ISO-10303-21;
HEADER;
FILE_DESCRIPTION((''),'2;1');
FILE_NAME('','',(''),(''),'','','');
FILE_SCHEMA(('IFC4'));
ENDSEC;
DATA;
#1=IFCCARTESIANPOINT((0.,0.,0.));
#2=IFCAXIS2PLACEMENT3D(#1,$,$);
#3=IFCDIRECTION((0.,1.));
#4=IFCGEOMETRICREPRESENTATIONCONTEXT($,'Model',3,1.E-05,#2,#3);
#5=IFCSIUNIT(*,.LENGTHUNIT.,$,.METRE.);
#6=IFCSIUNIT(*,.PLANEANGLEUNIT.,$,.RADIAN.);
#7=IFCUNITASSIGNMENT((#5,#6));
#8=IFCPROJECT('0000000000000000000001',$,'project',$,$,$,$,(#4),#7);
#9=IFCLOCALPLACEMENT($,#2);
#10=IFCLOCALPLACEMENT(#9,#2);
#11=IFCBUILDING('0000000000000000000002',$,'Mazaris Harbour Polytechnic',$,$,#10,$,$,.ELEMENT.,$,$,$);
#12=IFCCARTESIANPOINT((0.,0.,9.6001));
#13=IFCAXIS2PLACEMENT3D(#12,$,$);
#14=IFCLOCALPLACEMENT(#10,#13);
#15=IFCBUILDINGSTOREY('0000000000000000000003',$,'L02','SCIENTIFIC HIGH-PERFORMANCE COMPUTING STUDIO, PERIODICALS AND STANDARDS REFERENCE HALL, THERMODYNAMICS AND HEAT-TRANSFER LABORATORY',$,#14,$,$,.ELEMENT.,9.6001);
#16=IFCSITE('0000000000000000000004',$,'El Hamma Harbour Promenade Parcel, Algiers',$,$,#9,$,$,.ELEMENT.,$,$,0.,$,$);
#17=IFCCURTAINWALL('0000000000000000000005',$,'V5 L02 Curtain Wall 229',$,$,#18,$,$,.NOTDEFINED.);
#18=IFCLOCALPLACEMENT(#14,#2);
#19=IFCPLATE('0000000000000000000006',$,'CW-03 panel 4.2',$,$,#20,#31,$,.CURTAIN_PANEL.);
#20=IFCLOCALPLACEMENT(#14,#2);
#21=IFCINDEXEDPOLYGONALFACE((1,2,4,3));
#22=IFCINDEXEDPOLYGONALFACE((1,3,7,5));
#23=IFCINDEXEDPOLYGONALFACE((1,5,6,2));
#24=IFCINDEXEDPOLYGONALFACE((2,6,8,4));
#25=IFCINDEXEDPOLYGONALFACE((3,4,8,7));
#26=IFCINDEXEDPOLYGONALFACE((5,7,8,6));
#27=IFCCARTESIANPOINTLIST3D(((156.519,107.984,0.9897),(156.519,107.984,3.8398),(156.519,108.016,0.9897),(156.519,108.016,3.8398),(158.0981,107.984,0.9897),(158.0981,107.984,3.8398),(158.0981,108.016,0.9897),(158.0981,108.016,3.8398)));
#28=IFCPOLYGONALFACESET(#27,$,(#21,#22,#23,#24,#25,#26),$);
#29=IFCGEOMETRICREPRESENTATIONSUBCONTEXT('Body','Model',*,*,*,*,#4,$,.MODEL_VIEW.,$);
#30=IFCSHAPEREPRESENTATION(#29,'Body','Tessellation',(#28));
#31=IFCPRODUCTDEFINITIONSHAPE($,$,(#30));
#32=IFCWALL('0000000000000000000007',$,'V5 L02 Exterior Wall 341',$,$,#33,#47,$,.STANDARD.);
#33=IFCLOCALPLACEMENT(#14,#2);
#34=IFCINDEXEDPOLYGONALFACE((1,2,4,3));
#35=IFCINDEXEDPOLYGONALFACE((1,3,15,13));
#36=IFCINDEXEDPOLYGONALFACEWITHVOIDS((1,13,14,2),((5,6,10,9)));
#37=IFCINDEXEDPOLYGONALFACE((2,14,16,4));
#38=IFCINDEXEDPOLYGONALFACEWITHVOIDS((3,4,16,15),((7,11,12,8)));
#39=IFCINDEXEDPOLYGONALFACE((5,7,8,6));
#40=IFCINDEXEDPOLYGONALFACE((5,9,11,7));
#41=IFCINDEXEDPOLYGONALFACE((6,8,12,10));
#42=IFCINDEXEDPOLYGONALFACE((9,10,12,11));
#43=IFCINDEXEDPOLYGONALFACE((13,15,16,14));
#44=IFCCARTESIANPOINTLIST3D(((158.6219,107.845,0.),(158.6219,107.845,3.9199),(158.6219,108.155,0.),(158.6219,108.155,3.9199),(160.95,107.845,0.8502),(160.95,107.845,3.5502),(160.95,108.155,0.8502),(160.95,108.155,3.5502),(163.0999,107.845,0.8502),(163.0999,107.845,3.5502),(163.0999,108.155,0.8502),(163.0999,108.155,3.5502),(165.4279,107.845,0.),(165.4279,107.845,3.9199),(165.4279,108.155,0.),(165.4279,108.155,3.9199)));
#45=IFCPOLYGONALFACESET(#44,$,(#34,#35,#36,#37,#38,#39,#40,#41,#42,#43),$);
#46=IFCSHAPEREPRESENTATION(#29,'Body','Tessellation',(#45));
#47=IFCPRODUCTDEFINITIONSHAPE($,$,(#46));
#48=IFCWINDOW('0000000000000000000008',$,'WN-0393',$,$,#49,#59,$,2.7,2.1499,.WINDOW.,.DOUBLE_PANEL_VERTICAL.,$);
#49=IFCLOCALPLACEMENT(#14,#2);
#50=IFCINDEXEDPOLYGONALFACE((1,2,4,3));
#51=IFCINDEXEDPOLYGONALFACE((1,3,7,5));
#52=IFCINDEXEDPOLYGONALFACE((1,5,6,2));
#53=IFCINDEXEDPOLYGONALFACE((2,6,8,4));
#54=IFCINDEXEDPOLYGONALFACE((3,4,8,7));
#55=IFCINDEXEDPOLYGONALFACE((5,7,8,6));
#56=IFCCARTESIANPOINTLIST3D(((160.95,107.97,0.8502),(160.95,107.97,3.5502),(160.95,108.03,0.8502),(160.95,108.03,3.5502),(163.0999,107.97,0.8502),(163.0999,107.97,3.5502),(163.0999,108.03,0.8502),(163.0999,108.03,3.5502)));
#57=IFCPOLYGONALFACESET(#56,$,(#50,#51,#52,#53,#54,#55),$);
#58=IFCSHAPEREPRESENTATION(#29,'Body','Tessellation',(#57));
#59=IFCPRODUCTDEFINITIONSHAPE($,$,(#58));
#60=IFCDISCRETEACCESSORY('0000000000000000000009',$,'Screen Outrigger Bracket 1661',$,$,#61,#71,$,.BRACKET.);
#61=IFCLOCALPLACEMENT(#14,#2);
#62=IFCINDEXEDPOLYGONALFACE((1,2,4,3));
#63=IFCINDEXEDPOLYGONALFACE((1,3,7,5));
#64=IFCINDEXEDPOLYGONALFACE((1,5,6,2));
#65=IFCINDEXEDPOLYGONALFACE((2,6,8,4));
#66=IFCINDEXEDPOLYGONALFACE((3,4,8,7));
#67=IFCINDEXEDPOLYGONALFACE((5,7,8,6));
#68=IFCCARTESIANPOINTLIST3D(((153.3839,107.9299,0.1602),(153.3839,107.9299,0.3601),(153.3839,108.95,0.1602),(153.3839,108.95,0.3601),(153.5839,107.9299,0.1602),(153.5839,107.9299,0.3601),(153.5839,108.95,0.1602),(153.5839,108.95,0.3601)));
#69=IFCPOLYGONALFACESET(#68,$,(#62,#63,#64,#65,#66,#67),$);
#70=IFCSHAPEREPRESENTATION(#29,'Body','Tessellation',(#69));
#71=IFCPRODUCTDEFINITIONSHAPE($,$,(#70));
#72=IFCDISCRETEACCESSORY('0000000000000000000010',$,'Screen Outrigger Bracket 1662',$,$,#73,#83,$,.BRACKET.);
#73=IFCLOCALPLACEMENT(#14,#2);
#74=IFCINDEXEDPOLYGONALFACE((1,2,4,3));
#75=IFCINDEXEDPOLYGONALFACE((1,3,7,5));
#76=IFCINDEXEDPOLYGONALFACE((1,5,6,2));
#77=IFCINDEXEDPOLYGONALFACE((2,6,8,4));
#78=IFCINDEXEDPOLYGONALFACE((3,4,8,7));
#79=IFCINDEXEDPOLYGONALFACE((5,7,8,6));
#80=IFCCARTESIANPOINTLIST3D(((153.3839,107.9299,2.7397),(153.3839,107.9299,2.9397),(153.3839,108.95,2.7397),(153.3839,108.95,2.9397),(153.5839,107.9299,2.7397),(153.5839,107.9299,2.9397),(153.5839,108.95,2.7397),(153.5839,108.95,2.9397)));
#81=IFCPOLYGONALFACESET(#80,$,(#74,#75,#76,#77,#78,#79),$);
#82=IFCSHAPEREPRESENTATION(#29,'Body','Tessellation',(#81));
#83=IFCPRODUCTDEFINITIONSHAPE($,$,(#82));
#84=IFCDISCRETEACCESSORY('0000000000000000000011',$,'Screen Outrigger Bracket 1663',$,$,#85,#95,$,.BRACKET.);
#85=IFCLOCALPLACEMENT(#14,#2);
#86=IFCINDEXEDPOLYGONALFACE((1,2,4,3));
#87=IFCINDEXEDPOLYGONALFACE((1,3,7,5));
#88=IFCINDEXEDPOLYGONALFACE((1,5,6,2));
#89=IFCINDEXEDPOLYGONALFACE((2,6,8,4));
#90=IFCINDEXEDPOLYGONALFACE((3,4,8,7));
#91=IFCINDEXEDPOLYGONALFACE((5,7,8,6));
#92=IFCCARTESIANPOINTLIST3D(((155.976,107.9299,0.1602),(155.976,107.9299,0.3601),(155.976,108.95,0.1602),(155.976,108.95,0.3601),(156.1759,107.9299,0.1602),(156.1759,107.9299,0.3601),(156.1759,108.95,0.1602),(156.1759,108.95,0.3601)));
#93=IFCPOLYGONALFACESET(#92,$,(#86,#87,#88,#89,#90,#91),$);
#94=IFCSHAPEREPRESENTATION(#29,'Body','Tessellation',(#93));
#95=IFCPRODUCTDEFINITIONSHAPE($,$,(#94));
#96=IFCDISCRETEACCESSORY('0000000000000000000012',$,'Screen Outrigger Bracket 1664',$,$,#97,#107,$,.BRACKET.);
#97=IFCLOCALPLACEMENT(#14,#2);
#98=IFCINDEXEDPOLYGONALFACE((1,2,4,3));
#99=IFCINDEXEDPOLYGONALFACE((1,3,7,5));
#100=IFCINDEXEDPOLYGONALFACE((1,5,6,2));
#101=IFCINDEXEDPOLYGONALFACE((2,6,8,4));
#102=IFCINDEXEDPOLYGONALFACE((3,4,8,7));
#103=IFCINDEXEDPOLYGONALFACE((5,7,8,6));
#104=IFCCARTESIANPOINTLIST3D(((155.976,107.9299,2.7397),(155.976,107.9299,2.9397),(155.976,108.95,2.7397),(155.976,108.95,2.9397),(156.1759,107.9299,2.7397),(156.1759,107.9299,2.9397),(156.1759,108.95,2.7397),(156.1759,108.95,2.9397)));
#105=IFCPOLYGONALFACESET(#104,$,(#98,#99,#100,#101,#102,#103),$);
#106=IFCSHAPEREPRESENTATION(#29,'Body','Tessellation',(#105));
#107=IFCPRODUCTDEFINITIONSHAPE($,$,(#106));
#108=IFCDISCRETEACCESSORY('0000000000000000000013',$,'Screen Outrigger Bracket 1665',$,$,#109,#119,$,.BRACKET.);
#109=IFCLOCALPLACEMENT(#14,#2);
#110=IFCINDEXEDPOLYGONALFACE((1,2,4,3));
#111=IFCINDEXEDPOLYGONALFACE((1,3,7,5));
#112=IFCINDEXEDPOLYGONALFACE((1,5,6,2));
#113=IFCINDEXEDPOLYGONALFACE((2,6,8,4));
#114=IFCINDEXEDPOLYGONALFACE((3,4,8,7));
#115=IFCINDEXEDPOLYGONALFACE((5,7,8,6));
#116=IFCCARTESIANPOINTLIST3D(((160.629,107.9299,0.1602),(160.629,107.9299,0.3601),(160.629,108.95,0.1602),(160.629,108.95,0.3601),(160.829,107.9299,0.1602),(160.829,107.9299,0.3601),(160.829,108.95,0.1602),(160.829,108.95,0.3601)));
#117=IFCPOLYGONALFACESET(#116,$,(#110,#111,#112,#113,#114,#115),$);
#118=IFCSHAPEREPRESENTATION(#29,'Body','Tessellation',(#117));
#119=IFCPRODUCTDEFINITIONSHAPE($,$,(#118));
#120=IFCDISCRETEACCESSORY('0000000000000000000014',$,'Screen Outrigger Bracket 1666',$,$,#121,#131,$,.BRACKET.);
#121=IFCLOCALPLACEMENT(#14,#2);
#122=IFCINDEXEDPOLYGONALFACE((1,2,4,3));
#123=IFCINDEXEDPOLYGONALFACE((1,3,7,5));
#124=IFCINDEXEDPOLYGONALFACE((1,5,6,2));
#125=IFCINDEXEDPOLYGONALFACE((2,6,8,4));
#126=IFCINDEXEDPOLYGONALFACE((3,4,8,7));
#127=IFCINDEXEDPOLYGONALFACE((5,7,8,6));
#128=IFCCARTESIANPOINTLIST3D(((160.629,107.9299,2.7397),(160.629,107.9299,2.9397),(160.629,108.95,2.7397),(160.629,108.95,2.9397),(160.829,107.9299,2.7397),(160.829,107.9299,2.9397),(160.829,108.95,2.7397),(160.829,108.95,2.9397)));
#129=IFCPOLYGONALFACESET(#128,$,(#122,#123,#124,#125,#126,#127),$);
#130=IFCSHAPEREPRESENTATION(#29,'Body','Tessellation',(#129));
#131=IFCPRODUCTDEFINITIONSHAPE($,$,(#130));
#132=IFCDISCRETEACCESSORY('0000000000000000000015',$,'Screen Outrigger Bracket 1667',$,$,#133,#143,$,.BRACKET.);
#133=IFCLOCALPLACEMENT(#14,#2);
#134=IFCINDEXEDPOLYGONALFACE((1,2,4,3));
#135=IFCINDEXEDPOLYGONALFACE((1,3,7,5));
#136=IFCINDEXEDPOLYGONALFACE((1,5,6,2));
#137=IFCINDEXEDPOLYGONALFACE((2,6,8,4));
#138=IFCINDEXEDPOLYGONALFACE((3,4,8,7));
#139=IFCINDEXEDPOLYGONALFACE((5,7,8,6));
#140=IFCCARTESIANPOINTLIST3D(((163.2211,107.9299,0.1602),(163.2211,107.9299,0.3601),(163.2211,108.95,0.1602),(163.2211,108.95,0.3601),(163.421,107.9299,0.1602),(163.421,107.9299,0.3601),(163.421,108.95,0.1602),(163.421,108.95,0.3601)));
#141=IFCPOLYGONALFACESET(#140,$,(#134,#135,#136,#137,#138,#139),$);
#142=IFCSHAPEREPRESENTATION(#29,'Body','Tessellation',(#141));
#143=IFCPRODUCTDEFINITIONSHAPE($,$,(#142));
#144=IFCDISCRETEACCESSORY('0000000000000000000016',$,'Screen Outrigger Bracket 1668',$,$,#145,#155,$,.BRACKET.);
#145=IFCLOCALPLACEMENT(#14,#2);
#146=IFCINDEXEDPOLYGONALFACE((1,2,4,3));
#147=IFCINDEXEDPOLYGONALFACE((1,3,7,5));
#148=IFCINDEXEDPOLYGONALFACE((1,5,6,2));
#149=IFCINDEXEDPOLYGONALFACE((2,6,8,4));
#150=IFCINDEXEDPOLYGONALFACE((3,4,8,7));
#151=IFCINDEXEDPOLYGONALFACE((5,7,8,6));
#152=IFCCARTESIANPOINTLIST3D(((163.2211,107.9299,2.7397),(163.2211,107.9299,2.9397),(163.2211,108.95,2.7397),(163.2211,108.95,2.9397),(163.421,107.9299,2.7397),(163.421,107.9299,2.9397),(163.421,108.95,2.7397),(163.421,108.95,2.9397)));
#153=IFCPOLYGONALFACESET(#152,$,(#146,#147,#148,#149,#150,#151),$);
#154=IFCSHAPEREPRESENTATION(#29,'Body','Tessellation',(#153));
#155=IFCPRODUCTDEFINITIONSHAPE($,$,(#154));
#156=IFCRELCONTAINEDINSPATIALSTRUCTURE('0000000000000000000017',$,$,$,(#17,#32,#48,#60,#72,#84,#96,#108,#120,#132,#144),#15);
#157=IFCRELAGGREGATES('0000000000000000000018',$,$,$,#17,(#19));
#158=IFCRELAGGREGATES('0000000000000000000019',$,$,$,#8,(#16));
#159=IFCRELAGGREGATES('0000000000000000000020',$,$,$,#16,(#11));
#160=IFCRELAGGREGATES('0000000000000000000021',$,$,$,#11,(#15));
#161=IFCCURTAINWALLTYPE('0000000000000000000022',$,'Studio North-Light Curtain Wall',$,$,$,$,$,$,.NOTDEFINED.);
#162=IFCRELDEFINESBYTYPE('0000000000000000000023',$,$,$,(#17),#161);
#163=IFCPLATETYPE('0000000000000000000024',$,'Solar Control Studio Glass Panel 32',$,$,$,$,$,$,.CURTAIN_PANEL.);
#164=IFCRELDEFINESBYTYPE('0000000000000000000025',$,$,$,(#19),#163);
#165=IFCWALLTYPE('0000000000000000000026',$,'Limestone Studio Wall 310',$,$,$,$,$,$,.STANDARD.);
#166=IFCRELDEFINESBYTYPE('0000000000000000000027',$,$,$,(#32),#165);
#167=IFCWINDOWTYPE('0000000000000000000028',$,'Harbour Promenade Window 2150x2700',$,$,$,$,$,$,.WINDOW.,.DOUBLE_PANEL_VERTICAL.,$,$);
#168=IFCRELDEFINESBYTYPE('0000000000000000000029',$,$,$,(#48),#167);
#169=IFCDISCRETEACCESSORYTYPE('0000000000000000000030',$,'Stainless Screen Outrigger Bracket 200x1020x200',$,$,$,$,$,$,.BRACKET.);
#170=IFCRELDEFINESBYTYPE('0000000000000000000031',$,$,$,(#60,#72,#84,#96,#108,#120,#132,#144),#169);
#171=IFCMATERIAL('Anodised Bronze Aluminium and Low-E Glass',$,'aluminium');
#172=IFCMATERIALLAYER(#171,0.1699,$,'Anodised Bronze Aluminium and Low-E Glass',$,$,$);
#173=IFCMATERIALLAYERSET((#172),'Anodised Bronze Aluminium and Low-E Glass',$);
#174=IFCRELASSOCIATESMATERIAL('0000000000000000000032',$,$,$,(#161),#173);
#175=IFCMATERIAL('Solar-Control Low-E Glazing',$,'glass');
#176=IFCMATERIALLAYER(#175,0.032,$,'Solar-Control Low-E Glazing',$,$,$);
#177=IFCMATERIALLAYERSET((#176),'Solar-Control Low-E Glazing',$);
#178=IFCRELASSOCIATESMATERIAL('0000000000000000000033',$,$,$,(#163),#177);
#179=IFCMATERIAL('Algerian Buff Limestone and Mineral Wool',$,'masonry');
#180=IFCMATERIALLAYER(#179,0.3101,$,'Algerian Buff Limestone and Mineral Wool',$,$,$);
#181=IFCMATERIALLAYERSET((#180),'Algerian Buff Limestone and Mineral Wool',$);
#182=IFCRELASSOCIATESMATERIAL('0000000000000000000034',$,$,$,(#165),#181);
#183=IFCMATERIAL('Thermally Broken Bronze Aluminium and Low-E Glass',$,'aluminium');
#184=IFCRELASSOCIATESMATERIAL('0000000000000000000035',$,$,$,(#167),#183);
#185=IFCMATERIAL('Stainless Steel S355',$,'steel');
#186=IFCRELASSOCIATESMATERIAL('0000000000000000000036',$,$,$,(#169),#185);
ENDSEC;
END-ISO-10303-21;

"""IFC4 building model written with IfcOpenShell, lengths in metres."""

from ifc_helpers import new_model, si_unit, direction, frame, frame_2d, origin, origin_2d, place, context, subcontext, project, spatial, rectangle, extrude, material, layer, layer_set, type_object, element, fill, aggregate, save


model = new_model("IFC4")

# Units and contexts
model_context = context("Model", 3, precision=1e-05, world=origin(), true_north=direction((0.0, 1.0)))
body_context = subcontext(model_context, "Body", "Model", "MODEL_VIEW")
ifc_project = project(units=[si_unit("LENGTHUNIT", "METRE"), si_unit("PLANEANGLEUNIT", "RADIAN")], contexts=[model_context])

# Site, building, storey
site_placement = place(None, origin())
site = spatial("IfcSite", under=ifc_project, at=site_placement, Name="El Hamma Harbour Promenade Parcel, Algiers", CompositionType="ELEMENT", RefElevation=0.0)
building_placement = place(site_placement, origin())
building = spatial("IfcBuilding", under=site, at=building_placement, Name="Mazaris Harbour Polytechnic", CompositionType="ELEMENT")
storey_placement = place(building_placement, frame((0.0, 0.0, 9.6001)))
storey = spatial("IfcBuildingStorey", under=building, at=storey_placement, Name="L02", Description="SCIENTIFIC HIGH-PERFORMANCE COMPUTING STUDIO, PERIODICALS AND STANDARDS REFERENCE HALL, THERMODYNAMICS AND HEAT-TRANSFER LABORATORY", CompositionType="ELEMENT", Elevation=9.6001)

# Curtain wall, plate
ifc_material_1 = material(Name="Anodised Bronze Aluminium and Low-E Glass", Category="aluminium")
ifc_layer_1 = layer(ifc_material_1, 0.1699, Name="Anodised Bronze Aluminium and Low-E Glass")
ifc_layer_set_1 = layer_set([ifc_layer_1], Name="Anodised Bronze Aluminium and Low-E Glass")
curtain_wall_type = type_object("IfcCurtainWallType", Name="Studio North-Light Curtain Wall", PredefinedType="NOTDEFINED", material=ifc_layer_set_1)
curtain_wall_placement = place(storey_placement, origin())
curtain_wall = element("IfcCurtainWall", 1, at=curtain_wall_placement, inside=storey, type_object=curtain_wall_type, Name="V5 L02 Curtain Wall 229", PredefinedType="NOTDEFINED")
ifc_material_2 = material(Name="Solar-Control Low-E Glazing", Category="glass")
ifc_layer_2 = layer(ifc_material_2, 0.032, Name="Solar-Control Low-E Glazing")
ifc_layer_set_2 = layer_set([ifc_layer_2], Name="Solar-Control Low-E Glazing")
plate_type = type_object("IfcPlateType", Name="Solar Control Studio Glass Panel 32", PredefinedType="CURTAIN_PANEL", material=ifc_layer_set_2)
plate_1_placement = place(storey_placement, frame((157.3086, 108.0, 0.9897), z_axis=(0.0, 0.0, 1.0), x_axis=(1.0, 0.0, 0.0)))
plate_1 = element("IfcPlate", 2, at=plate_1_placement, type_object=plate_type, Name="CW-03 panel 4.2", PredefinedType="CURTAIN_PANEL", context=body_context, shape_type="SweptSolid", body=[
    extrude(rectangle(XDim=1.5791, YDim=0.032, at=origin_2d()), origin(), (0.0, 0.0, 1.0), 2.8501),
])
aggregate(curtain_wall, [plate_1])

# Wall, opening, window
ifc_material_3 = material(Name="Algerian Buff Limestone and Mineral Wool", Category="masonry")
ifc_layer_3 = layer(ifc_material_3, 0.3101, Name="Algerian Buff Limestone and Mineral Wool")
ifc_layer_set_3 = layer_set([ifc_layer_3], Name="Algerian Buff Limestone and Mineral Wool")
wall_type = type_object("IfcWallType", Name="Limestone Studio Wall 310", PredefinedType="STANDARD", material=ifc_layer_set_3)
wall_placement = place(storey_placement, frame((158.6221, 108.0, 0.0), z_axis=(0.0, 0.0, 1.0), x_axis=(1.0, 0.0, 0.0)))
wall = element("IfcWall", 3, at=wall_placement, inside=storey, type_object=wall_type, Name="V5 L02 Exterior Wall 341", PredefinedType="STANDARD", context=body_context, shape_type="SweptSolid", body=[
    extrude(rectangle(XDim=6.8059, YDim=0.3101, at=frame_2d((3.4028, 0.0))), origin(), (0.0, 0.0, 1.0), 3.9199),
])
opening_placement = place(wall_placement, frame((2.3279, 0.0, 0.8501)))
opening = element("IfcOpeningElement", 4, at=opening_placement, cuts=wall, PredefinedType="OPENING", context=body_context, shape_type="SweptSolid", body=[
    extrude(rectangle(XDim=2.1499, YDim=2.7, at=frame_2d((1.075, 1.3501))), frame((0.0, 0.165, 0.0), z_axis=(0.0, -1.0, 0.0), x_axis=(1.0, 0.0, 0.0)), (0.0, 0.0, 1.0), 0.3301),
])
ifc_material_4 = material(Name="Thermally Broken Bronze Aluminium and Low-E Glass", Category="aluminium")
window_type = type_object("IfcWindowType", Name="Harbour Promenade Window 2150x2700", PartitioningType="DOUBLE_PANEL_VERTICAL", PredefinedType="WINDOW", material=ifc_material_4)
window_placement = place(opening_placement, origin())
window = element("IfcWindow", 5, at=window_placement, inside=storey, type_object=window_type, Name="WN-0393", OverallHeight=2.7, OverallWidth=2.1499, PartitioningType="DOUBLE_PANEL_VERTICAL", PredefinedType="WINDOW", context=body_context, shape_type="SweptSolid", body=[
    extrude(rectangle(XDim=2.1499, YDim=2.7, at=frame_2d((1.075, 1.3501))), frame((0.0, 0.03, 0.0), z_axis=(0.0, -1.0, 0.0), x_axis=(1.0, 0.0, 0.0)), (0.0, 0.0, 1.0), 0.0601),
])
fill(opening, window)

# Discrete accessories
ifc_material_5 = material(Name="Stainless Steel S355", Category="steel")
discrete_accessory_type = type_object("IfcDiscreteAccessoryType", Name="Stainless Screen Outrigger Bracket 200x1020x200", PredefinedType="BRACKET", material=ifc_material_5)
for number, where, z_axis, x_axis, name in (
    (6, (153.4839, 108.4399, 0.1602), (0.0, 0.0, 1.0), (1.0, 0.0, 0.0), "Screen Outrigger Bracket 1661"),
    (7, (153.4839, 108.4399, 2.7397), (0.0, 0.0, 1.0), (1.0, 0.0, 0.0), "Screen Outrigger Bracket 1662"),
    (8, (156.0759, 108.4399, 0.1602), (0.0, 0.0, 1.0), (1.0, 0.0, 0.0), "Screen Outrigger Bracket 1663"),
    (9, (156.0759, 108.4399, 2.7397), (0.0, 0.0, 1.0), (1.0, 0.0, 0.0), "Screen Outrigger Bracket 1664"),
    (10, (160.729, 108.4399, 0.1602), (0.0, 0.0, 1.0), (1.0, 0.0, 0.0), "Screen Outrigger Bracket 1665"),
    (11, (160.729, 108.4399, 2.7397), (0.0, 0.0, 1.0), (1.0, 0.0, 0.0), "Screen Outrigger Bracket 1666"),
    (12, (163.321, 108.4399, 0.1602), (0.0, 0.0, 1.0), (1.0, 0.0, 0.0), "Screen Outrigger Bracket 1667"),
    (13, (163.321, 108.4399, 2.7397), (0.0, 0.0, 1.0), (1.0, 0.0, 0.0), "Screen Outrigger Bracket 1668"),
):
    element("IfcDiscreteAccessory", number, at=place(storey_placement, frame(where, z_axis=z_axis, x_axis=x_axis)), inside=storey, type_object=discrete_accessory_type, Name=name, PredefinedType="BRACKET", context=body_context, shape_type="SweptSolid", body=[
        extrude(rectangle(XDim=0.2, YDim=1.02, at=origin_2d()), origin(), (0.0, 0.0, 1.0), 0.2),
    ])

save(model, "model.ifc")
